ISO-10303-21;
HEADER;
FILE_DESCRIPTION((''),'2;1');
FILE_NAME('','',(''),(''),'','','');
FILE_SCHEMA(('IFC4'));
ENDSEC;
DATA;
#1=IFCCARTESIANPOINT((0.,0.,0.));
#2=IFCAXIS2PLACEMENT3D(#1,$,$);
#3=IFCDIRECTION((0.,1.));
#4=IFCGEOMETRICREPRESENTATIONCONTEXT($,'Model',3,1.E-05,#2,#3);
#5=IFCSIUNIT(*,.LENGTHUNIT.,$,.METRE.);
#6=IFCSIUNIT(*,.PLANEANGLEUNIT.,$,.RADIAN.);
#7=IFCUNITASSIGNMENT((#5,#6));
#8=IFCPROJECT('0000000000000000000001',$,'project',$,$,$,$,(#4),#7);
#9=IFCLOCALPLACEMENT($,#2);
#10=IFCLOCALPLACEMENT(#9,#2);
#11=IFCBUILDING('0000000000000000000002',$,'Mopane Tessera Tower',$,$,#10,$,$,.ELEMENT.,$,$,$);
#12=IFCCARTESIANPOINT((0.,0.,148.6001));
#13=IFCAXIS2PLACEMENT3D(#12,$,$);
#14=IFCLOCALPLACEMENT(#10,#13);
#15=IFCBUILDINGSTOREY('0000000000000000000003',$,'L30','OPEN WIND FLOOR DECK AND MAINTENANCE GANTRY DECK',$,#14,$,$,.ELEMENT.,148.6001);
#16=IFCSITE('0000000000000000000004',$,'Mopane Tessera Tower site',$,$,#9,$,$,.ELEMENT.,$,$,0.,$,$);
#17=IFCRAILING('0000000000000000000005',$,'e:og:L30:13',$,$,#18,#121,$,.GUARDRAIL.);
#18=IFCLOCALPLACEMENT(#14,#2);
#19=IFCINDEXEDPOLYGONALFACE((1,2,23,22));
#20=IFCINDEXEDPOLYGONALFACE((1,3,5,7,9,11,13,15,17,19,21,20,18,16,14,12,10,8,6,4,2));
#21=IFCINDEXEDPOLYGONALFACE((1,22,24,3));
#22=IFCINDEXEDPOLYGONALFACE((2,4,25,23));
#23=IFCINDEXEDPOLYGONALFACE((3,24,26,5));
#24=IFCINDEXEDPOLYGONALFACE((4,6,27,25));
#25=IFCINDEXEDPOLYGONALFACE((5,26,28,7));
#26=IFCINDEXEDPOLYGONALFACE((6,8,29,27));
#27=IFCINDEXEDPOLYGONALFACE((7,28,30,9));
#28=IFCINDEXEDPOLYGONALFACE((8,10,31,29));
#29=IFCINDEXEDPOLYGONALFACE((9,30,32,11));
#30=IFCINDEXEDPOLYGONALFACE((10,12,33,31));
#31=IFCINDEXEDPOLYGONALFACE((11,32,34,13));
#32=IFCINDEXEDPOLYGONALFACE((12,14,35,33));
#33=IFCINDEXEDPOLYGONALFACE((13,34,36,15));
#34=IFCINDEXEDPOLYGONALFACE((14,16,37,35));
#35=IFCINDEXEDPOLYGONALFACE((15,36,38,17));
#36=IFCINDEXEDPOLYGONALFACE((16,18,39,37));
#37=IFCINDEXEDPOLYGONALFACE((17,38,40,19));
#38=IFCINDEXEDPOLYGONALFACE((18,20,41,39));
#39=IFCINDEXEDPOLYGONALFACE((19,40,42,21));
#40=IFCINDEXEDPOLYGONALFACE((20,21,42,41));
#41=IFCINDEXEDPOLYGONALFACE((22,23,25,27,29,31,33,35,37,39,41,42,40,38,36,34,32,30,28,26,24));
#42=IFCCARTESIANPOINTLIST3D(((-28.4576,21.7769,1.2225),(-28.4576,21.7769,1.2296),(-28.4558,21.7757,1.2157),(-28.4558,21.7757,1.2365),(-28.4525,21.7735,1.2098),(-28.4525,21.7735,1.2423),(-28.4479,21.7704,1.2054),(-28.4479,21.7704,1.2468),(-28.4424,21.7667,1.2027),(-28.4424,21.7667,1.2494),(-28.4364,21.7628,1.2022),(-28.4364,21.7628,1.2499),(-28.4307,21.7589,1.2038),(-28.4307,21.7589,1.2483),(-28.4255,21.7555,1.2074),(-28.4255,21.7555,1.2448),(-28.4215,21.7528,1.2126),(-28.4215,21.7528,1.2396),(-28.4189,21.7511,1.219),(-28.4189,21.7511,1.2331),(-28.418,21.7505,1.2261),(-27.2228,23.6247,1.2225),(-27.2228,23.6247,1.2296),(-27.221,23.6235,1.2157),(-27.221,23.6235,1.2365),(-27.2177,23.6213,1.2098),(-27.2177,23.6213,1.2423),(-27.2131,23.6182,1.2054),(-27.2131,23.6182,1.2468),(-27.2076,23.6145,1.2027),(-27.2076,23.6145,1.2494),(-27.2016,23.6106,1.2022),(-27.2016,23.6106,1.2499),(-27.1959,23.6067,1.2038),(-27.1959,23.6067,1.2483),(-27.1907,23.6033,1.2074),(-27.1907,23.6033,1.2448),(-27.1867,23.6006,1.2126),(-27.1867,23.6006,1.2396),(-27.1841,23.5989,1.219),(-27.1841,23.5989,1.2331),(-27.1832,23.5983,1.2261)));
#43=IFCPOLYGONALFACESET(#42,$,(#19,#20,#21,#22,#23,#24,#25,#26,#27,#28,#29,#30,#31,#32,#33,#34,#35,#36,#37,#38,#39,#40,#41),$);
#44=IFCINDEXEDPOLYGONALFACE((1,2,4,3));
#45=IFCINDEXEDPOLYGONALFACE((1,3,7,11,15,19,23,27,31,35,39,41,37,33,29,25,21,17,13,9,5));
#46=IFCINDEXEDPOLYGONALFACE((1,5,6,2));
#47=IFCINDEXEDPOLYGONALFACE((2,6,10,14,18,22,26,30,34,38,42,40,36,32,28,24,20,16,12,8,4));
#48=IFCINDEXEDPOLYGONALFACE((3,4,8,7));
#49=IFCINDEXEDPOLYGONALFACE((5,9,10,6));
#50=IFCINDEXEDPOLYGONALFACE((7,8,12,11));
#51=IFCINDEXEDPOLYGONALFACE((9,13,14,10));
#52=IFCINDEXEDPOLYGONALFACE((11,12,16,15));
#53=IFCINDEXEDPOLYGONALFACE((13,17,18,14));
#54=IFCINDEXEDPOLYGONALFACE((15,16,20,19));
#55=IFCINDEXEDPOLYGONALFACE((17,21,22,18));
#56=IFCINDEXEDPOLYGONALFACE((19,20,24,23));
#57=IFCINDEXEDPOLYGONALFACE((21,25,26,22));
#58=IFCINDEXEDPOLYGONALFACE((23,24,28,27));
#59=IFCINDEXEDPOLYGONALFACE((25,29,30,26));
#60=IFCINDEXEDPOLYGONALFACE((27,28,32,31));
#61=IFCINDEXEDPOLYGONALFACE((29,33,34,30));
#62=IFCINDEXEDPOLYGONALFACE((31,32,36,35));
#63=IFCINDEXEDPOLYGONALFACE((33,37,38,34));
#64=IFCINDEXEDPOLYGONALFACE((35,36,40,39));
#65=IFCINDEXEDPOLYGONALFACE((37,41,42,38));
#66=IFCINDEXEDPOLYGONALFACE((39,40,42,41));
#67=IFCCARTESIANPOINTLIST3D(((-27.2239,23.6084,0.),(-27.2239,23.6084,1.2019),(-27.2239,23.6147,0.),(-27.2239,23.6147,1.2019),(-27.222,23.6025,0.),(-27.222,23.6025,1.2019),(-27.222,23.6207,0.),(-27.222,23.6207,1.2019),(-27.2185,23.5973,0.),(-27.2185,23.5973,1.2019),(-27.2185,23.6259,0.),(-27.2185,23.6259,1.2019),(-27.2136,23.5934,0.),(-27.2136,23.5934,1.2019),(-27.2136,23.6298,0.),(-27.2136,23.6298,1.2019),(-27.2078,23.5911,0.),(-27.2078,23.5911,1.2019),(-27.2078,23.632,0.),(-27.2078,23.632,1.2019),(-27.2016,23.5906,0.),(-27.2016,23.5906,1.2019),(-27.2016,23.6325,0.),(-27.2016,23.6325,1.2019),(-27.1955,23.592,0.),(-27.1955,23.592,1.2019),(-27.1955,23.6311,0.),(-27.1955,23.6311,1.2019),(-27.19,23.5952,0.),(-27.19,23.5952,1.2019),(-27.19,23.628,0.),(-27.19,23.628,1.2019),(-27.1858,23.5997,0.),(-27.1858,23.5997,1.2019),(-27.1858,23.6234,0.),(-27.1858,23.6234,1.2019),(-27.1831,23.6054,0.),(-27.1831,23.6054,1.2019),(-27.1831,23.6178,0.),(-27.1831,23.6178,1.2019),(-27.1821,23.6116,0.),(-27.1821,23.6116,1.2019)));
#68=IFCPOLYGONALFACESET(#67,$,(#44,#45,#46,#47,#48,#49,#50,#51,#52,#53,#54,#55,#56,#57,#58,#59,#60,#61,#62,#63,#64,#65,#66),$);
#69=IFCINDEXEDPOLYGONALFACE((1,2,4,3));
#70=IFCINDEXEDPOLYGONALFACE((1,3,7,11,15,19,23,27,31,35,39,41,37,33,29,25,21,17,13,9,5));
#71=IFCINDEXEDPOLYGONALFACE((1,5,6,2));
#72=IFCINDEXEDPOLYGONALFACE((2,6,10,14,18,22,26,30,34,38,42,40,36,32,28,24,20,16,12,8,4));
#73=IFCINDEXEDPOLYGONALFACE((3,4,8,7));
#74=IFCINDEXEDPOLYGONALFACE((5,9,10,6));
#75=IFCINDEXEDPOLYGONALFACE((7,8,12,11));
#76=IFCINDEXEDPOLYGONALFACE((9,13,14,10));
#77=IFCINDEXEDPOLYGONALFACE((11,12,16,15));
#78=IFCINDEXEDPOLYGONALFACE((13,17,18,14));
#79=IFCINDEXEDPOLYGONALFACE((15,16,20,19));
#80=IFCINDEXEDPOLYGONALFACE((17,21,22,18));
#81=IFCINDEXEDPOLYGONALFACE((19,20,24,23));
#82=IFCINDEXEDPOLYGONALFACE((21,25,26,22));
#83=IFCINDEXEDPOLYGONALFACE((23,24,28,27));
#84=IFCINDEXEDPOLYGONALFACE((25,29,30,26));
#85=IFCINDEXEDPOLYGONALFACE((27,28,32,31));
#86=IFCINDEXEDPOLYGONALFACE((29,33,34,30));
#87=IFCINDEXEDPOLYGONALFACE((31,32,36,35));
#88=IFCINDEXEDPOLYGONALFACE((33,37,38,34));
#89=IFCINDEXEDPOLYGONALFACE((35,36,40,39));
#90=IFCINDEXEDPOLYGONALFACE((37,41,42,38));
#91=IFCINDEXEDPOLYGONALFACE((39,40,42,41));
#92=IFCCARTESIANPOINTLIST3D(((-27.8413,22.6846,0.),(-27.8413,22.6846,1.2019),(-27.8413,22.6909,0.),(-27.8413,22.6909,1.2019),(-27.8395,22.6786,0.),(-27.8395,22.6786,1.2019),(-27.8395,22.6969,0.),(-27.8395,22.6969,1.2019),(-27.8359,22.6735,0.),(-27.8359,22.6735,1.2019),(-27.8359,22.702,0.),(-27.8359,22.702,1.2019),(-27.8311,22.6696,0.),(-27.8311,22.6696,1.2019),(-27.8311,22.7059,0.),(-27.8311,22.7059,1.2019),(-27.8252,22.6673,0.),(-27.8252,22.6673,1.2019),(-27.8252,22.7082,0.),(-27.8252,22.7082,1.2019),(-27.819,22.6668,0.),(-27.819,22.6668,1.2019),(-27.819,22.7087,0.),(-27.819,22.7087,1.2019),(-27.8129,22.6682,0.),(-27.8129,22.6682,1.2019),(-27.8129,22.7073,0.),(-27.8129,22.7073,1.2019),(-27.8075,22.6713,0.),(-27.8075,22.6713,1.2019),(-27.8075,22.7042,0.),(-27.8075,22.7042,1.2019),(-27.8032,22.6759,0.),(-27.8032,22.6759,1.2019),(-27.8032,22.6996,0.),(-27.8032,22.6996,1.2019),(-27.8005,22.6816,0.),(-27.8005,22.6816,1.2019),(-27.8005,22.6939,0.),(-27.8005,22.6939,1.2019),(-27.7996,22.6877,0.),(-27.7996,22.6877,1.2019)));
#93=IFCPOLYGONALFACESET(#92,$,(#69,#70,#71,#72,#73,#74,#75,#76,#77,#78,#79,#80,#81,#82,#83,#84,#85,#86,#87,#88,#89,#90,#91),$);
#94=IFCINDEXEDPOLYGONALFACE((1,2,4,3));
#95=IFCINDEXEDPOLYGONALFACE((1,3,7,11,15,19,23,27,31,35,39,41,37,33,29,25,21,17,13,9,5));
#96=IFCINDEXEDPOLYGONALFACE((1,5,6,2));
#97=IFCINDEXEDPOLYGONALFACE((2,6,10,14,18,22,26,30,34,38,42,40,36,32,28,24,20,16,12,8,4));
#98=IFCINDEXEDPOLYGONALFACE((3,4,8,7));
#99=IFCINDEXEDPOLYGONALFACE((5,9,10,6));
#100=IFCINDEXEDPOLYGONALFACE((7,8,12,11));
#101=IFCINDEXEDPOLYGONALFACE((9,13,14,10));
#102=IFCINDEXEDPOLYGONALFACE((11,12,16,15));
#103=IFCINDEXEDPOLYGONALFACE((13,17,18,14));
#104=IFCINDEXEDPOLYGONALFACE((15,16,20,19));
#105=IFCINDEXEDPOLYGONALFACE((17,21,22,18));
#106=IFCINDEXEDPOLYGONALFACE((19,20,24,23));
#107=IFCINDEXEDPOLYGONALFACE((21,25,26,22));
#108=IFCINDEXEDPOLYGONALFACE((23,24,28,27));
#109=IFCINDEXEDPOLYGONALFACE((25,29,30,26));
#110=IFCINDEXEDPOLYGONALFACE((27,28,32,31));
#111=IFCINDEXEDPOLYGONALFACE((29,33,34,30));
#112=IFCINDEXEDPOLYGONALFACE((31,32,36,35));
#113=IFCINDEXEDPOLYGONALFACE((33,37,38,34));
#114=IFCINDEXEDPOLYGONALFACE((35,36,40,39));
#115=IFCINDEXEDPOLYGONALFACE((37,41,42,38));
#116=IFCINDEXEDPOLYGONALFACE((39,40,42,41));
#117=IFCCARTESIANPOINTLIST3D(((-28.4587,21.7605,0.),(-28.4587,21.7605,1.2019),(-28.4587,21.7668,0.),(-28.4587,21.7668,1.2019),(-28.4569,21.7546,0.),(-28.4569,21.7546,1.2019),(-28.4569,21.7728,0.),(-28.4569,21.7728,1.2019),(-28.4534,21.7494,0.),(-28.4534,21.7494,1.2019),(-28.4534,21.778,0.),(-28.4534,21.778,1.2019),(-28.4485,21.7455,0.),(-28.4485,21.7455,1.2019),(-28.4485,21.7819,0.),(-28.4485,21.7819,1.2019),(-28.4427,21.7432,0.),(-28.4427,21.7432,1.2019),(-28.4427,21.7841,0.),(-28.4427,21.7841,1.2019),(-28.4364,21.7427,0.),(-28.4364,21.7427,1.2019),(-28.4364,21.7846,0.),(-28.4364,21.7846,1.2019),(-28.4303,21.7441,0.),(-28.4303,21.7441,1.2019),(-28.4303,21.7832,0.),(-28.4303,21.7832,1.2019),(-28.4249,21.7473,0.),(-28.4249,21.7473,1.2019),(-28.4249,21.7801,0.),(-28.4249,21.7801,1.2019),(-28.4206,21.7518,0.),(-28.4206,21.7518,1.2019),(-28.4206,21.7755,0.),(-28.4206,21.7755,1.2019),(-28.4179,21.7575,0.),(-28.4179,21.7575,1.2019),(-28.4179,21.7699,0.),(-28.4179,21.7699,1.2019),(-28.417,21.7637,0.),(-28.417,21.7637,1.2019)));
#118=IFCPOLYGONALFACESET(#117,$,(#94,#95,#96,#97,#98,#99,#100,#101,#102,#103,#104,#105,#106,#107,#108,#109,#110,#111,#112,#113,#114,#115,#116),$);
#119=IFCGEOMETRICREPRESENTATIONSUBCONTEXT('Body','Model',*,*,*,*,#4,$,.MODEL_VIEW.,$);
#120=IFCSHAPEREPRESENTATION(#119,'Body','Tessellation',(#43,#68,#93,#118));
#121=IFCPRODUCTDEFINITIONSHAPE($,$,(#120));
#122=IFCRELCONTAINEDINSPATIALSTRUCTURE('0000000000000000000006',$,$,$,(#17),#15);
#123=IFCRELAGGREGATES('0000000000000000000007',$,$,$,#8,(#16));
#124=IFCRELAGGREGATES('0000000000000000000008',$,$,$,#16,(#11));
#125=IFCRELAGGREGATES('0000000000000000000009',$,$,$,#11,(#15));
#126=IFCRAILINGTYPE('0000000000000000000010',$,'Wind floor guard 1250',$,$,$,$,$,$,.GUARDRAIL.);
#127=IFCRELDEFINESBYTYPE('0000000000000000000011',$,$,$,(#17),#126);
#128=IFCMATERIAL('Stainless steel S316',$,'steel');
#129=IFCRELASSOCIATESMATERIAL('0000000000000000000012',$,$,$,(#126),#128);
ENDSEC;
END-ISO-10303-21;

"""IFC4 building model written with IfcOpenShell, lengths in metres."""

from ifc_helpers import new_model, si_unit, direction, frame, origin, origin_2d, place, context, subcontext, project, spatial, circle, extrude, material, type_object, element, save


model = new_model("IFC4")

# Units and contexts
model_context = context("Model", 3, precision=1e-05, world=origin(), true_north=direction((0.0, 1.0)))
body_context = subcontext(model_context, "Body", "Model", "MODEL_VIEW")
ifc_project = project(units=[si_unit("LENGTHUNIT", "METRE"), si_unit("PLANEANGLEUNIT", "RADIAN")], contexts=[model_context])

# Site, building, storey
site_placement = place(None, origin())
site = spatial("IfcSite", under=ifc_project, at=site_placement, Name="Mopane Tessera Tower site", CompositionType="ELEMENT", RefElevation=0.0)
building_placement = place(site_placement, origin())
building = spatial("IfcBuilding", under=site, at=building_placement, Name="Mopane Tessera Tower", CompositionType="ELEMENT")
storey_placement = place(building_placement, frame((0.0, 0.0, 148.6001)))
storey = spatial("IfcBuildingStorey", under=building, at=storey_placement, Name="L30", Description="OPEN WIND FLOOR DECK AND MAINTENANCE GANTRY DECK", CompositionType="ELEMENT", Elevation=148.6001)

# Railing
ifc_material_1 = material(Name="Stainless steel S316", Category="steel")
railing_type = type_object("IfcRailingType", Name="Wind floor guard 1250", PredefinedType="GUARDRAIL", material=ifc_material_1)
railing_1_placement = place(storey_placement, frame((-27.2031, 23.6116, 0.0)))
element("IfcRailing", 1, at=railing_1_placement, inside=storey, type_object=railing_type, Name="e:og:L30:13", PredefinedType="GUARDRAIL", context=body_context, shape_type="SweptSolid", body=[
    extrude(circle(Radius=0.0239, at=origin_2d()), frame((0.0, 0.0, 1.2261), z_axis=(-0.555612, -0.831441, 0.0), x_axis=(0.831441, -0.555612, 0.0)), (0.0, 0.0, 1.0), 2.2224),
    extrude(circle(Radius=0.021, at=origin_2d()), origin(), (0.0, 0.0, 1.0), 1.2019),
    extrude(circle(Radius=0.021, at=origin_2d()), frame((-0.6174, -0.9238, 0.0)), (0.0, 0.0, 1.0), 1.2019),
    extrude(circle(Radius=0.021, at=origin_2d()), frame((-1.2349, -1.8479, 0.0)), (0.0, 0.0, 1.0), 1.2019),
])

save(model, "model.ifc")
